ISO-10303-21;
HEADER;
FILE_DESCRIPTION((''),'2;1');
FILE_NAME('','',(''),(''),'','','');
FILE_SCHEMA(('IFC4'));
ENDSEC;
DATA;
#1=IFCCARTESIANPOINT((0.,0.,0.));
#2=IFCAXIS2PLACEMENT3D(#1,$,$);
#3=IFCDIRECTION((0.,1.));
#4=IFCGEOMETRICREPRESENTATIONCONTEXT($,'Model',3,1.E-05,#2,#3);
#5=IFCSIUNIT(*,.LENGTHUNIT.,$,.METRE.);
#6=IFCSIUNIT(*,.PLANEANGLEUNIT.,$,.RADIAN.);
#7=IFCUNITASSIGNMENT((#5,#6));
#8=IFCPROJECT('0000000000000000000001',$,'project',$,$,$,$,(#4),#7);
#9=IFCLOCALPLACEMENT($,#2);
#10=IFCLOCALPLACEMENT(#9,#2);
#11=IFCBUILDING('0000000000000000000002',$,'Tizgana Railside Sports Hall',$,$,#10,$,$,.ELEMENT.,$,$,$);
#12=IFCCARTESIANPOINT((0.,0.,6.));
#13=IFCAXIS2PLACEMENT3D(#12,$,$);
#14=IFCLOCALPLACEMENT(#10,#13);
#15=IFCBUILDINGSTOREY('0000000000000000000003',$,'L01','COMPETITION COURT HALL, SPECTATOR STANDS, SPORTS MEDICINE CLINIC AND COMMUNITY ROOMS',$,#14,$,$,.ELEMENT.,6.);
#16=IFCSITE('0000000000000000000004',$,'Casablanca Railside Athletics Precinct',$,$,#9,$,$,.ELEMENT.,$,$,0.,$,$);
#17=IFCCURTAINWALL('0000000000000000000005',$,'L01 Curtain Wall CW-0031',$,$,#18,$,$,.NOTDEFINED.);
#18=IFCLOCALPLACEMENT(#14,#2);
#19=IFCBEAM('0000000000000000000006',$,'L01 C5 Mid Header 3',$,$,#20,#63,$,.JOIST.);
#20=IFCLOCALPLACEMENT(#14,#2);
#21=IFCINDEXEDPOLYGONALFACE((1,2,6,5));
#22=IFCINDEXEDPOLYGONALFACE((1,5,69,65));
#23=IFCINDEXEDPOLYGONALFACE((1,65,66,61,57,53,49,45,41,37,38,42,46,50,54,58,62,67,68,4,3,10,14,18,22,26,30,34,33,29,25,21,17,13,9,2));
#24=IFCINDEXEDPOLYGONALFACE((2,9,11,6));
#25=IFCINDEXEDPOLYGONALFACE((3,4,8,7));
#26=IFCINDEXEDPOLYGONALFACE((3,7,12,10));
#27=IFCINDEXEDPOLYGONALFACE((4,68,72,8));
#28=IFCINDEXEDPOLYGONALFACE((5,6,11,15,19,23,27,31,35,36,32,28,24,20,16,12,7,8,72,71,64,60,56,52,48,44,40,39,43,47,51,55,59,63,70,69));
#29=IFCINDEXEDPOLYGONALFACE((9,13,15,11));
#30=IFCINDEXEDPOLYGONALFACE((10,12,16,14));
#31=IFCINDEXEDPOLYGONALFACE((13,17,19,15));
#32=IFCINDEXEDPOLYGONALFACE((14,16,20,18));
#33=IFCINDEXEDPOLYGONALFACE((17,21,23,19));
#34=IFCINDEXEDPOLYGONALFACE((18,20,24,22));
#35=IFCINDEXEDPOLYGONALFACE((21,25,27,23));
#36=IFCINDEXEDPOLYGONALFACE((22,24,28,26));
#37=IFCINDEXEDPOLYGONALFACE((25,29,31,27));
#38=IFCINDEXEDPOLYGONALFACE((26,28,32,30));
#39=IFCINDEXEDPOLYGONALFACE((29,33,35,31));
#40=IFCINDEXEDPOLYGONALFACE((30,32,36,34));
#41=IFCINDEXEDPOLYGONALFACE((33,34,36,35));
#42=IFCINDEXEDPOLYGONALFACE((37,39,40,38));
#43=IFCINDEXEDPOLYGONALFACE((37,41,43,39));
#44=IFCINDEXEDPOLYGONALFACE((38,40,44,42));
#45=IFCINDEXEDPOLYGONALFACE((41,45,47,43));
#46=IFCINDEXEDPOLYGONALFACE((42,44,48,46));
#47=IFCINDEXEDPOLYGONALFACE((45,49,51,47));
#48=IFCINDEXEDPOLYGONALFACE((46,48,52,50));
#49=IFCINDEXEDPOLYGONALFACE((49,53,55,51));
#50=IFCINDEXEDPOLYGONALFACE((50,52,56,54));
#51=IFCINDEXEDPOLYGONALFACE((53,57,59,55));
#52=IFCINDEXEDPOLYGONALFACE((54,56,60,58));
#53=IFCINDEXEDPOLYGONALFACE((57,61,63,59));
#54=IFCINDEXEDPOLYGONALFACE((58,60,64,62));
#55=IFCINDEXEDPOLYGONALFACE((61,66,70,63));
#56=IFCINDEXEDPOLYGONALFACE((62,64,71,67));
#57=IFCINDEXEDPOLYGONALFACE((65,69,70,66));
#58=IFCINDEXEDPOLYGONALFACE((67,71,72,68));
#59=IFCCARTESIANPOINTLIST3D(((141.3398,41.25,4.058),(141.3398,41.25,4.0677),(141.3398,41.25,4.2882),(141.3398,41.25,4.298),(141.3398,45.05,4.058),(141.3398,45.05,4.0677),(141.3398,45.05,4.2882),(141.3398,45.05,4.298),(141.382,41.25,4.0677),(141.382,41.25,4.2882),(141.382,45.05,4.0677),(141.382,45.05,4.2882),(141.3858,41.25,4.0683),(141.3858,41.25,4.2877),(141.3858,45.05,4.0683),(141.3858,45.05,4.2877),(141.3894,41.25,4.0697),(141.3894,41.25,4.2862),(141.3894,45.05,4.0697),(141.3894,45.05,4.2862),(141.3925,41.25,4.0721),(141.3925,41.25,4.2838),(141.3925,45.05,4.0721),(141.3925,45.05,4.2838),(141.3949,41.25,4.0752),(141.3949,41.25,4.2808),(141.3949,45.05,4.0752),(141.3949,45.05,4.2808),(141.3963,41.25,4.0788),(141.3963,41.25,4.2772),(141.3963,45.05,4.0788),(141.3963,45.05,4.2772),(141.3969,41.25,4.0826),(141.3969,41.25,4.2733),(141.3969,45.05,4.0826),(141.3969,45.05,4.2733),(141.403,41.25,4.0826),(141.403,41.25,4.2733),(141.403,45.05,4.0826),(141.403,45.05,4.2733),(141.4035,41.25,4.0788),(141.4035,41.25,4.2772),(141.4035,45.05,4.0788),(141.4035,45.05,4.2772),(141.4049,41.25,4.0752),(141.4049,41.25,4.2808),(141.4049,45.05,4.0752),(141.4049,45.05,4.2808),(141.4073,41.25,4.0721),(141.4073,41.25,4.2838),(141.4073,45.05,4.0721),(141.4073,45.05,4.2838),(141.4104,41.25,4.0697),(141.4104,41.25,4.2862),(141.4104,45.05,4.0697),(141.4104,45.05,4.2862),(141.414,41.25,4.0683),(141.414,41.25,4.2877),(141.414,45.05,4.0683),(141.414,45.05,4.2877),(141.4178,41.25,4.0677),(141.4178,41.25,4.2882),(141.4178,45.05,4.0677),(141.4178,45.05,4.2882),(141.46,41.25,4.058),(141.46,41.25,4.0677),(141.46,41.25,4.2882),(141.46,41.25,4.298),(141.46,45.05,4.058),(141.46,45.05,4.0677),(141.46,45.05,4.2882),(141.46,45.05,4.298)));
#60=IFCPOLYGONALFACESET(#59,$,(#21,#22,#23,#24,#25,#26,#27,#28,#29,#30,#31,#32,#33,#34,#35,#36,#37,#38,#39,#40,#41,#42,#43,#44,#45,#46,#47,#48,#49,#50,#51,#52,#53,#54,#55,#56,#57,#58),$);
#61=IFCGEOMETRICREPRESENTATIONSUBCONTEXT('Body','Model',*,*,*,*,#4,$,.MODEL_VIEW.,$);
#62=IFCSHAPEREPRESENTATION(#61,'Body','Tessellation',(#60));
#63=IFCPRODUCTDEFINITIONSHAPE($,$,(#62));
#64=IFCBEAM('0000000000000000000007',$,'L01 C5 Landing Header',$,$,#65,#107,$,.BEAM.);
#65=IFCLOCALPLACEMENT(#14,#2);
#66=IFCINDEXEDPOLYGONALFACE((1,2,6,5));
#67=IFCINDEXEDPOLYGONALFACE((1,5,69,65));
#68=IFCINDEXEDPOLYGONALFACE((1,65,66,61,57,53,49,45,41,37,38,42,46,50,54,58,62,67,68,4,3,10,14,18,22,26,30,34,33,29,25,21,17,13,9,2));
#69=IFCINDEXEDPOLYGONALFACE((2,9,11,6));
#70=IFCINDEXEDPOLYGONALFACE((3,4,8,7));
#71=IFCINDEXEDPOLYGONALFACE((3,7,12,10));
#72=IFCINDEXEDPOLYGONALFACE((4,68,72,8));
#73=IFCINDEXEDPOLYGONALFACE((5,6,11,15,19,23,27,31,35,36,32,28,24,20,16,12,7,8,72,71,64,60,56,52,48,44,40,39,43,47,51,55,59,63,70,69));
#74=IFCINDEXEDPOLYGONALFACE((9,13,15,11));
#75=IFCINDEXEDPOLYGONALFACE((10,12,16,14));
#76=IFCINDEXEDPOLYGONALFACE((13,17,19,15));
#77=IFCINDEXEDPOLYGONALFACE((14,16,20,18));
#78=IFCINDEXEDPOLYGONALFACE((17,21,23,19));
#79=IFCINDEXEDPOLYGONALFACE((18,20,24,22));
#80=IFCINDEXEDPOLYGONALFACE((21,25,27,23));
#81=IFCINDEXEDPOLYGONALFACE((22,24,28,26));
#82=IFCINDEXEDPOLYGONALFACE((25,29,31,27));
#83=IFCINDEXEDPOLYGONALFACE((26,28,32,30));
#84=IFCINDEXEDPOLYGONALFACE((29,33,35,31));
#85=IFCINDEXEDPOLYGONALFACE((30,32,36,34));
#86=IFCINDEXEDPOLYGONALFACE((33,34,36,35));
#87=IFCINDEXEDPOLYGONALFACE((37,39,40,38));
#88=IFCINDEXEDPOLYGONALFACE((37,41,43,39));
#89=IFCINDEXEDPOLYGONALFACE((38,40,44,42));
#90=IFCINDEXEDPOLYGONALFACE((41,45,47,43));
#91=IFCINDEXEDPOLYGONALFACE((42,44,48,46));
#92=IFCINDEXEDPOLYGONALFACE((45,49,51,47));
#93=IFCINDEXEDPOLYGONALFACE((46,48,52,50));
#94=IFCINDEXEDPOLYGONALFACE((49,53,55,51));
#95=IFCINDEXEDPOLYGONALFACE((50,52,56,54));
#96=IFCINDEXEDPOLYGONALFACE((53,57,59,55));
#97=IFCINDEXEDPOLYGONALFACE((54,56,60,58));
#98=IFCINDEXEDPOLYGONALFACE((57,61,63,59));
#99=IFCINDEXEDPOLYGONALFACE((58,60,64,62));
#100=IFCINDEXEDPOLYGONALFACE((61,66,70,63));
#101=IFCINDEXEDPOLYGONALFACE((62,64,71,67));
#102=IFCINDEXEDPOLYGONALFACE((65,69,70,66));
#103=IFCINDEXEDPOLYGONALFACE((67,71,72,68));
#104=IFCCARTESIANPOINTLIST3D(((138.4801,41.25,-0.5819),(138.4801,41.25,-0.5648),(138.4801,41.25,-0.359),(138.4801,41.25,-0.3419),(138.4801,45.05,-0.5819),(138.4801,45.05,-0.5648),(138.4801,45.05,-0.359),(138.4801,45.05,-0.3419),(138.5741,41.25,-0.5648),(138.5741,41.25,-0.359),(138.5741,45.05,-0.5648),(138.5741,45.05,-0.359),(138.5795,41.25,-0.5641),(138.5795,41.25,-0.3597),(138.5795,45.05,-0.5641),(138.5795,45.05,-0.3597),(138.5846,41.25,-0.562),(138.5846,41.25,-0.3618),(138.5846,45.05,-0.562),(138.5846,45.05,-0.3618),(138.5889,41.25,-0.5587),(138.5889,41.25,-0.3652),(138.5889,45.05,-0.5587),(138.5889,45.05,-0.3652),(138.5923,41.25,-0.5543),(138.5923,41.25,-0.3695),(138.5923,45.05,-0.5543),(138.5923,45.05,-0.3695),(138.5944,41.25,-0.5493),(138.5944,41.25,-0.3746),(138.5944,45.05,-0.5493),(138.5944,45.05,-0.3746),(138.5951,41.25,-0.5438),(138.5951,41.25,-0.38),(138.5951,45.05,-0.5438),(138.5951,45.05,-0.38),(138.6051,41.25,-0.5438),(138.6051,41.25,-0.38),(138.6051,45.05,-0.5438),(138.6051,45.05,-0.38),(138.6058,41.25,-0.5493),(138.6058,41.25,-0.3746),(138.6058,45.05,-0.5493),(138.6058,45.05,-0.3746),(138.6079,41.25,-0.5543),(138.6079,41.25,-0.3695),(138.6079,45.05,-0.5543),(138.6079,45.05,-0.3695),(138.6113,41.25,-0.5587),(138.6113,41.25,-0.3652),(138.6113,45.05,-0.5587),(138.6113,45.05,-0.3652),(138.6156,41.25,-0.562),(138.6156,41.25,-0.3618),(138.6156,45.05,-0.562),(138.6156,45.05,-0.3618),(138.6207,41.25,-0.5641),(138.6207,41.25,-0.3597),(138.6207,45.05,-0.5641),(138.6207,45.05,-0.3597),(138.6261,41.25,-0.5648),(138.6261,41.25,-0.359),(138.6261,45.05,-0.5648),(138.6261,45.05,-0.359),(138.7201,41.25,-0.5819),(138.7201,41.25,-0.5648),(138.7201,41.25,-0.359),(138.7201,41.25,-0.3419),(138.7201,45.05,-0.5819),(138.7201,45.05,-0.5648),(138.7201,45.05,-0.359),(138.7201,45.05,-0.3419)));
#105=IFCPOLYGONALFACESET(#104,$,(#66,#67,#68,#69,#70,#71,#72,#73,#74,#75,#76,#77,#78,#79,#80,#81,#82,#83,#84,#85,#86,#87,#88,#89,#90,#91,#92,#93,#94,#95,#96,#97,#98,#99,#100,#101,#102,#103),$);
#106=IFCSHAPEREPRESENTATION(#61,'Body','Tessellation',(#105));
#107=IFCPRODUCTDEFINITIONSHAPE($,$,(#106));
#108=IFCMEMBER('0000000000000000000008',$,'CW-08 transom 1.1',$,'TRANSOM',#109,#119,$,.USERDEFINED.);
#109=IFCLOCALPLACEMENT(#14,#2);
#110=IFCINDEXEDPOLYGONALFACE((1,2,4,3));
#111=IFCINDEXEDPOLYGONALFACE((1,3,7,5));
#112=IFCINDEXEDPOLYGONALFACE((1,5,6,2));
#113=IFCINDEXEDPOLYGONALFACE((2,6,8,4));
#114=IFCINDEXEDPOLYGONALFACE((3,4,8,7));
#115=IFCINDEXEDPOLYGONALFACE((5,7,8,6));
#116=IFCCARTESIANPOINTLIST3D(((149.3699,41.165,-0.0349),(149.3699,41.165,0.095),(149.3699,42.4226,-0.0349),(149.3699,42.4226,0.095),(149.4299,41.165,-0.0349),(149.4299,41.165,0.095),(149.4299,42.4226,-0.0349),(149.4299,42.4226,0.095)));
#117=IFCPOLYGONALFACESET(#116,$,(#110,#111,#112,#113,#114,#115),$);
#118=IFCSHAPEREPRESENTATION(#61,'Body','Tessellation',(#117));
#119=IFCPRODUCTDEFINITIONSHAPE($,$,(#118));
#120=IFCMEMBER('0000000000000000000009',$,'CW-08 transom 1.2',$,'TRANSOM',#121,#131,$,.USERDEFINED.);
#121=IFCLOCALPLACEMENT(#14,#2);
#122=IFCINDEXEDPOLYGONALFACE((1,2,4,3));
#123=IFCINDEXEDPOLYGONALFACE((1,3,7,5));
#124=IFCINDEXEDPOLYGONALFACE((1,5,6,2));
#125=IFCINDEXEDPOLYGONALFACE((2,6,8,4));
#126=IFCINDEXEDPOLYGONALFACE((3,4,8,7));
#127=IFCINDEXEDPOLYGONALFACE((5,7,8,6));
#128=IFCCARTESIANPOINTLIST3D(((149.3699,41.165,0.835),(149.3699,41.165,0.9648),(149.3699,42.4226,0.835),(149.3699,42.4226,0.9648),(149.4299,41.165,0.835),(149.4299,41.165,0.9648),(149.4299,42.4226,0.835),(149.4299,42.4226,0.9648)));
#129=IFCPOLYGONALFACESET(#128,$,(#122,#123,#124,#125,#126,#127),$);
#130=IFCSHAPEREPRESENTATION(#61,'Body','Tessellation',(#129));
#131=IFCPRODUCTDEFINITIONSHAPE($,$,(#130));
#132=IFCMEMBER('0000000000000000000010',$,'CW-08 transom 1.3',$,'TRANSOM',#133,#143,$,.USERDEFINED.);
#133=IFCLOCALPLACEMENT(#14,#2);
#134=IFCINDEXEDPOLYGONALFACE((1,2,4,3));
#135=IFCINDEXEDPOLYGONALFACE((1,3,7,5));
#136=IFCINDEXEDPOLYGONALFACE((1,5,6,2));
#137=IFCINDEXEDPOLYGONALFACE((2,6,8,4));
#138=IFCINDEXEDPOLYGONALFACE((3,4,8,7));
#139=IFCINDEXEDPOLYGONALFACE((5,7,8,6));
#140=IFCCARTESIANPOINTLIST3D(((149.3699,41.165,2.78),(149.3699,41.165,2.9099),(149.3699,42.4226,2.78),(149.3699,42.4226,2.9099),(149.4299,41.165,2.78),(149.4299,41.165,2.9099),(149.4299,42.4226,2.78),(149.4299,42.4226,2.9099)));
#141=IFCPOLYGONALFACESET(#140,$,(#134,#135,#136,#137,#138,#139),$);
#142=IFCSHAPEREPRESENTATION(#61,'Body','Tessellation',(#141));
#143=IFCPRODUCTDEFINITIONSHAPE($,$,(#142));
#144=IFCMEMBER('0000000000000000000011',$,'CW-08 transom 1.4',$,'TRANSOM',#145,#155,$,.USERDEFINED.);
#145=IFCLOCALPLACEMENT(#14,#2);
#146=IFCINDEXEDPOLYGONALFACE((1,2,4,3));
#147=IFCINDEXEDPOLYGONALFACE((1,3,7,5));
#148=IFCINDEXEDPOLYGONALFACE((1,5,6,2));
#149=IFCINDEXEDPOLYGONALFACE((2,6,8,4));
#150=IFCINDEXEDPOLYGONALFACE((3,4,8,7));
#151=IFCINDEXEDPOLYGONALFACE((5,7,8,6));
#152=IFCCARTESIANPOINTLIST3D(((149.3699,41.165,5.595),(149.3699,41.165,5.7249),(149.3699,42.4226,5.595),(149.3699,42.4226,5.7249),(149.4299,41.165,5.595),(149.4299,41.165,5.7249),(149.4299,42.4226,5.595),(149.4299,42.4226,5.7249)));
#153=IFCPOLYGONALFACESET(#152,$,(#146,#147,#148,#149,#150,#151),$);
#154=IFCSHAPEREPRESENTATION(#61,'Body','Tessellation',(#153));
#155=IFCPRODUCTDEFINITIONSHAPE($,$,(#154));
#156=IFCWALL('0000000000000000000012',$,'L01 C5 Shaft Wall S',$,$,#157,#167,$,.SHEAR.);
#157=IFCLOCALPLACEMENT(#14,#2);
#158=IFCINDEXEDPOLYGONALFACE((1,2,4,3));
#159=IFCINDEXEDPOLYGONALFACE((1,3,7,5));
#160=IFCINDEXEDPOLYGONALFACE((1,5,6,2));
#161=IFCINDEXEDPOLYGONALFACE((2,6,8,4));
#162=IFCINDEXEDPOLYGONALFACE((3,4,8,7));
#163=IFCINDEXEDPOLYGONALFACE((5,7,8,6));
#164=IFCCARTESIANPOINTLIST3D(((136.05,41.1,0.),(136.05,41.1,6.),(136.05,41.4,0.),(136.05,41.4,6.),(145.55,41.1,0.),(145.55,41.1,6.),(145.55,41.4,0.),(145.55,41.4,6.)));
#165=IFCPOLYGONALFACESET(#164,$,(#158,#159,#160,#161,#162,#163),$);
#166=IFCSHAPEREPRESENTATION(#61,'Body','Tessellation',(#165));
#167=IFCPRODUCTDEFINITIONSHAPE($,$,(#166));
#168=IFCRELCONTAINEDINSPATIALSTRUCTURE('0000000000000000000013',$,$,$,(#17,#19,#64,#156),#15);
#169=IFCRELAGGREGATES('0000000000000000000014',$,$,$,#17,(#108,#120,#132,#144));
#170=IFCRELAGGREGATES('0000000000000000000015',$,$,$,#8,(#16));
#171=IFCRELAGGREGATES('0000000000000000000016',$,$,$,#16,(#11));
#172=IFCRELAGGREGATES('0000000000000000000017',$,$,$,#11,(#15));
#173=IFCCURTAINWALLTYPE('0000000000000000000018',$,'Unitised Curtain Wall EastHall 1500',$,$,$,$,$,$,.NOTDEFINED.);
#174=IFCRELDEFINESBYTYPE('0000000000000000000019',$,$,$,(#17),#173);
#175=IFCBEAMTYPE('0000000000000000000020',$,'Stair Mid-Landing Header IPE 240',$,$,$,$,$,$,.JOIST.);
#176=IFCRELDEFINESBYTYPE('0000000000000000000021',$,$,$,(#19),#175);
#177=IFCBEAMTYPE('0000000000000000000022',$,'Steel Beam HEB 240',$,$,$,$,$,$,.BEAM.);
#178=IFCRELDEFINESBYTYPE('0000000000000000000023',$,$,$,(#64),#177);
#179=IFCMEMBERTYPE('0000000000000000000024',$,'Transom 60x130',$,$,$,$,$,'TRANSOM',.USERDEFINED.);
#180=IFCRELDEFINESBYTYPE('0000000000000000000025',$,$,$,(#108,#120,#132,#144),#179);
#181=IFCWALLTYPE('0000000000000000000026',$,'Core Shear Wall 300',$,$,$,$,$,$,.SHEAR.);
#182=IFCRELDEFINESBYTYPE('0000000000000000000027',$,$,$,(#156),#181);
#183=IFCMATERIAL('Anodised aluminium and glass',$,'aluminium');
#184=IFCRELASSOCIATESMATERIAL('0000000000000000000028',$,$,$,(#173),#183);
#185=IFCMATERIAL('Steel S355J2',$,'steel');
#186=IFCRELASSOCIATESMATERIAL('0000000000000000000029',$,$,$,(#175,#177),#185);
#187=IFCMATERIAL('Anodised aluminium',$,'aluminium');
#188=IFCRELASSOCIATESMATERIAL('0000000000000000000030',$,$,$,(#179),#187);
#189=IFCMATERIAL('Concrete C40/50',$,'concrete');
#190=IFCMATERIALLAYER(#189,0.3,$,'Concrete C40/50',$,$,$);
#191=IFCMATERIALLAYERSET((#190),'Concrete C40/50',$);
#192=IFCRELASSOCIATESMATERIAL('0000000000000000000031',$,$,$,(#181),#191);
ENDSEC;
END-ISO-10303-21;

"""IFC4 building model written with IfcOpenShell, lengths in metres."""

from ifc_helpers import new_model, si_unit, direction, frame, frame_2d, origin, origin_2d, place, context, subcontext, project, spatial, rectangle, i_section, extrude, material, layer, layer_set, material_profile, profile_set, type_object, element, aggregate, save


model = new_model("IFC4")

# Units and contexts
model_context = context("Model", 3, precision=1e-05, world=origin(), true_north=direction((0.0, 1.0)))
body_context = subcontext(model_context, "Body", "Model", "MODEL_VIEW")
ifc_project = project(units=[si_unit("LENGTHUNIT", "METRE"), si_unit("PLANEANGLEUNIT", "RADIAN")], contexts=[model_context])

# Site, building, storey
site_placement = place(None, origin())
site = spatial("IfcSite", under=ifc_project, at=site_placement, Name="Casablanca Railside Athletics Precinct", CompositionType="ELEMENT", RefElevation=0.0)
building_placement = place(site_placement, origin())
building = spatial("IfcBuilding", under=site, at=building_placement, Name="Tizgana Railside Sports Hall", CompositionType="ELEMENT")
storey_placement = place(building_placement, frame((0.0, 0.0, 6.0)))
storey = spatial("IfcBuildingStorey", under=building, at=storey_placement, Name="L01", Description="COMPETITION COURT HALL, SPECTATOR STANDS, SPORTS MEDICINE CLINIC AND COMMUNITY ROOMS", CompositionType="ELEMENT", Elevation=6.0)

# Shared definitions
ifc_material_1 = material(Name="Concrete C40/50", Category="concrete")

# Curtain wall
ifc_material_2 = material(Name="Anodised aluminium and glass", Category="aluminium")
curtain_wall_type = type_object("IfcCurtainWallType", Name="Unitised Curtain Wall EastHall 1500", PredefinedType="NOTDEFINED", material=ifc_material_2)
curtain_wall_placement = place(storey_placement, origin())
curtain_wall = element("IfcCurtainWall", 1, at=curtain_wall_placement, inside=storey, type_object=curtain_wall_type, Name="L01 Curtain Wall CW-0031", PredefinedType="NOTDEFINED")
ifc_material_3 = material(Name="Anodised aluminium", Category="aluminium")

# Beams
ifc_material_4 = material(Name="Steel S355J2", Category="steel")
ifc_material_profile_1 = material_profile(ifc_material_4, i_section(OverallWidth=0.1201, OverallDepth=0.24, WebThickness=0.0061, FlangeThickness=0.0098, FilletRadius=0.0149, at=origin_2d()), Name="IPE 240")
ifc_profile_set_1 = profile_set([ifc_material_profile_1], Name="Steel S355J2")
beam_type_1 = type_object("IfcBeamType", Name="Stair Mid-Landing Header IPE 240", PredefinedType="JOIST", material=ifc_profile_set_1)
for number, where, z_axis, x_axis, name in (
    (2, (141.3999, 41.25, 4.178), (0.0, 1.0, 0.0), (-1.0, 0.0, 0.0), "L01 C5 Mid Header 3"),
):
    element("IfcBeam", number, at=place(storey_placement, frame(where, z_axis=z_axis, x_axis=x_axis)), inside=storey, type_object=beam_type_1, Name=name, PredefinedType="JOIST", context=body_context, shape_type="SweptSolid", body=[
        extrude(i_section(OverallWidth=0.1201, OverallDepth=0.24, WebThickness=0.0061, FlangeThickness=0.0098, FilletRadius=0.0149, at=origin_2d()), origin(), (0.0, 0.0, 1.0), 3.8),
    ])
ifc_material_profile_2 = material_profile(ifc_material_4, i_section(OverallWidth=0.24, OverallDepth=0.24, WebThickness=0.01, FlangeThickness=0.0171, FilletRadius=0.021, at=origin_2d()), Name="HEB 240")
ifc_profile_set_2 = profile_set([ifc_material_profile_2], Name="Steel S355J2")
beam_type_2 = type_object("IfcBeamType", Name="Steel Beam HEB 240", PredefinedType="BEAM", material=ifc_profile_set_2)
beam_1_placement = place(storey_placement, frame((138.6001, 41.25, -0.4619), z_axis=(0.0, 1.0, 0.0), x_axis=(-1.0, 0.0, 0.0)))
element("IfcBeam", 3, at=beam_1_placement, inside=storey, type_object=beam_type_2, Name="L01 C5 Landing Header", PredefinedType="BEAM", context=body_context, shape_type="SweptSolid", body=[
    extrude(i_section(OverallWidth=0.24, OverallDepth=0.24, WebThickness=0.01, FlangeThickness=0.0171, FilletRadius=0.021, at=origin_2d()), origin(), (0.0, 0.0, 1.0), 3.8),
])

# Members
ifc_material_profile_3 = material_profile(ifc_material_3, rectangle(XDim=0.0601, YDim=0.1299, at=origin_2d()), Name="Transom 60x130")
ifc_profile_set_3 = profile_set([ifc_material_profile_3], Name="Anodised aluminium")
member_type_1 = type_object("IfcMemberType", Name="Transom 60x130", ElementType="TRANSOM", PredefinedType="USERDEFINED", material=ifc_profile_set_3)
member_1_placement = place(storey_placement, frame((149.3999, 41.165, 0.03), z_axis=(0.0, 1.0, 0.0), x_axis=(-1.0, 0.0, 0.0)))
member_1 = element("IfcMember", 4, at=member_1_placement, type_object=member_type_1, Name="CW-08 transom 1.1", ObjectType="TRANSOM", PredefinedType="USERDEFINED", context=body_context, shape_type="SweptSolid", body=[
    extrude(rectangle(XDim=0.0601, YDim=0.1299, at=origin_2d()), origin(), (0.0, 0.0, 1.0), 1.2576),
])
member_2_placement = place(storey_placement, frame((149.3999, 41.165, 0.8999), z_axis=(0.0, 1.0, 0.0), x_axis=(-1.0, 0.0, 0.0)))
member_2 = element("IfcMember", 5, at=member_2_placement, type_object=member_type_1, Name="CW-08 transom 1.2", ObjectType="TRANSOM", PredefinedType="USERDEFINED", context=body_context, shape_type="SweptSolid", body=[
    extrude(rectangle(XDim=0.0601, YDim=0.1299, at=origin_2d()), origin(), (0.0, 0.0, 1.0), 1.2576),
])
member_3_placement = place(storey_placement, frame((149.3999, 41.165, 2.845), z_axis=(0.0, 1.0, 0.0), x_axis=(-1.0, 0.0, 0.0)))
member_3 = element("IfcMember", 6, at=member_3_placement, type_object=member_type_1, Name="CW-08 transom 1.3", ObjectType="TRANSOM", PredefinedType="USERDEFINED", context=body_context, shape_type="SweptSolid", body=[
    extrude(rectangle(XDim=0.0601, YDim=0.1299, at=origin_2d()), origin(), (0.0, 0.0, 1.0), 1.2576),
])
member_4_placement = place(storey_placement, frame((149.3999, 41.165, 5.6599), z_axis=(0.0, 1.0, 0.0), x_axis=(-1.0, 0.0, 0.0)))
member_4 = element("IfcMember", 7, at=member_4_placement, type_object=member_type_1, Name="CW-08 transom 1.4", ObjectType="TRANSOM", PredefinedType="USERDEFINED", context=body_context, shape_type="SweptSolid", body=[
    extrude(rectangle(XDim=0.0601, YDim=0.1299, at=origin_2d()), origin(), (0.0, 0.0, 1.0), 1.2576),
])
aggregate(curtain_wall, [member_1, member_2, member_3, member_4])

# Wall
ifc_layer_1 = layer(ifc_material_1, 0.3, Name="Concrete C40/50")
ifc_layer_set_1 = layer_set([ifc_layer_1], Name="Concrete C40/50")
wall_type_1 = type_object("IfcWallType", Name="Core Shear Wall 300", PredefinedType="SHEAR", material=ifc_layer_set_1)
wall_1_placement = place(storey_placement, frame((145.55, 41.25, 0.0), z_axis=(0.0, 0.0, 1.0), x_axis=(-1.0, 0.0, 0.0)))
element("IfcWall", 8, at=wall_1_placement, inside=storey, type_object=wall_type_1, Name="L01 C5 Shaft Wall S", PredefinedType="SHEAR", context=body_context, shape_type="SweptSolid", body=[
    extrude(rectangle(XDim=9.5, YDim=0.3, at=frame_2d((4.75, 0.0))), origin(), (0.0, 0.0, 1.0), 6.0),
])

save(model, "model.ifc")
